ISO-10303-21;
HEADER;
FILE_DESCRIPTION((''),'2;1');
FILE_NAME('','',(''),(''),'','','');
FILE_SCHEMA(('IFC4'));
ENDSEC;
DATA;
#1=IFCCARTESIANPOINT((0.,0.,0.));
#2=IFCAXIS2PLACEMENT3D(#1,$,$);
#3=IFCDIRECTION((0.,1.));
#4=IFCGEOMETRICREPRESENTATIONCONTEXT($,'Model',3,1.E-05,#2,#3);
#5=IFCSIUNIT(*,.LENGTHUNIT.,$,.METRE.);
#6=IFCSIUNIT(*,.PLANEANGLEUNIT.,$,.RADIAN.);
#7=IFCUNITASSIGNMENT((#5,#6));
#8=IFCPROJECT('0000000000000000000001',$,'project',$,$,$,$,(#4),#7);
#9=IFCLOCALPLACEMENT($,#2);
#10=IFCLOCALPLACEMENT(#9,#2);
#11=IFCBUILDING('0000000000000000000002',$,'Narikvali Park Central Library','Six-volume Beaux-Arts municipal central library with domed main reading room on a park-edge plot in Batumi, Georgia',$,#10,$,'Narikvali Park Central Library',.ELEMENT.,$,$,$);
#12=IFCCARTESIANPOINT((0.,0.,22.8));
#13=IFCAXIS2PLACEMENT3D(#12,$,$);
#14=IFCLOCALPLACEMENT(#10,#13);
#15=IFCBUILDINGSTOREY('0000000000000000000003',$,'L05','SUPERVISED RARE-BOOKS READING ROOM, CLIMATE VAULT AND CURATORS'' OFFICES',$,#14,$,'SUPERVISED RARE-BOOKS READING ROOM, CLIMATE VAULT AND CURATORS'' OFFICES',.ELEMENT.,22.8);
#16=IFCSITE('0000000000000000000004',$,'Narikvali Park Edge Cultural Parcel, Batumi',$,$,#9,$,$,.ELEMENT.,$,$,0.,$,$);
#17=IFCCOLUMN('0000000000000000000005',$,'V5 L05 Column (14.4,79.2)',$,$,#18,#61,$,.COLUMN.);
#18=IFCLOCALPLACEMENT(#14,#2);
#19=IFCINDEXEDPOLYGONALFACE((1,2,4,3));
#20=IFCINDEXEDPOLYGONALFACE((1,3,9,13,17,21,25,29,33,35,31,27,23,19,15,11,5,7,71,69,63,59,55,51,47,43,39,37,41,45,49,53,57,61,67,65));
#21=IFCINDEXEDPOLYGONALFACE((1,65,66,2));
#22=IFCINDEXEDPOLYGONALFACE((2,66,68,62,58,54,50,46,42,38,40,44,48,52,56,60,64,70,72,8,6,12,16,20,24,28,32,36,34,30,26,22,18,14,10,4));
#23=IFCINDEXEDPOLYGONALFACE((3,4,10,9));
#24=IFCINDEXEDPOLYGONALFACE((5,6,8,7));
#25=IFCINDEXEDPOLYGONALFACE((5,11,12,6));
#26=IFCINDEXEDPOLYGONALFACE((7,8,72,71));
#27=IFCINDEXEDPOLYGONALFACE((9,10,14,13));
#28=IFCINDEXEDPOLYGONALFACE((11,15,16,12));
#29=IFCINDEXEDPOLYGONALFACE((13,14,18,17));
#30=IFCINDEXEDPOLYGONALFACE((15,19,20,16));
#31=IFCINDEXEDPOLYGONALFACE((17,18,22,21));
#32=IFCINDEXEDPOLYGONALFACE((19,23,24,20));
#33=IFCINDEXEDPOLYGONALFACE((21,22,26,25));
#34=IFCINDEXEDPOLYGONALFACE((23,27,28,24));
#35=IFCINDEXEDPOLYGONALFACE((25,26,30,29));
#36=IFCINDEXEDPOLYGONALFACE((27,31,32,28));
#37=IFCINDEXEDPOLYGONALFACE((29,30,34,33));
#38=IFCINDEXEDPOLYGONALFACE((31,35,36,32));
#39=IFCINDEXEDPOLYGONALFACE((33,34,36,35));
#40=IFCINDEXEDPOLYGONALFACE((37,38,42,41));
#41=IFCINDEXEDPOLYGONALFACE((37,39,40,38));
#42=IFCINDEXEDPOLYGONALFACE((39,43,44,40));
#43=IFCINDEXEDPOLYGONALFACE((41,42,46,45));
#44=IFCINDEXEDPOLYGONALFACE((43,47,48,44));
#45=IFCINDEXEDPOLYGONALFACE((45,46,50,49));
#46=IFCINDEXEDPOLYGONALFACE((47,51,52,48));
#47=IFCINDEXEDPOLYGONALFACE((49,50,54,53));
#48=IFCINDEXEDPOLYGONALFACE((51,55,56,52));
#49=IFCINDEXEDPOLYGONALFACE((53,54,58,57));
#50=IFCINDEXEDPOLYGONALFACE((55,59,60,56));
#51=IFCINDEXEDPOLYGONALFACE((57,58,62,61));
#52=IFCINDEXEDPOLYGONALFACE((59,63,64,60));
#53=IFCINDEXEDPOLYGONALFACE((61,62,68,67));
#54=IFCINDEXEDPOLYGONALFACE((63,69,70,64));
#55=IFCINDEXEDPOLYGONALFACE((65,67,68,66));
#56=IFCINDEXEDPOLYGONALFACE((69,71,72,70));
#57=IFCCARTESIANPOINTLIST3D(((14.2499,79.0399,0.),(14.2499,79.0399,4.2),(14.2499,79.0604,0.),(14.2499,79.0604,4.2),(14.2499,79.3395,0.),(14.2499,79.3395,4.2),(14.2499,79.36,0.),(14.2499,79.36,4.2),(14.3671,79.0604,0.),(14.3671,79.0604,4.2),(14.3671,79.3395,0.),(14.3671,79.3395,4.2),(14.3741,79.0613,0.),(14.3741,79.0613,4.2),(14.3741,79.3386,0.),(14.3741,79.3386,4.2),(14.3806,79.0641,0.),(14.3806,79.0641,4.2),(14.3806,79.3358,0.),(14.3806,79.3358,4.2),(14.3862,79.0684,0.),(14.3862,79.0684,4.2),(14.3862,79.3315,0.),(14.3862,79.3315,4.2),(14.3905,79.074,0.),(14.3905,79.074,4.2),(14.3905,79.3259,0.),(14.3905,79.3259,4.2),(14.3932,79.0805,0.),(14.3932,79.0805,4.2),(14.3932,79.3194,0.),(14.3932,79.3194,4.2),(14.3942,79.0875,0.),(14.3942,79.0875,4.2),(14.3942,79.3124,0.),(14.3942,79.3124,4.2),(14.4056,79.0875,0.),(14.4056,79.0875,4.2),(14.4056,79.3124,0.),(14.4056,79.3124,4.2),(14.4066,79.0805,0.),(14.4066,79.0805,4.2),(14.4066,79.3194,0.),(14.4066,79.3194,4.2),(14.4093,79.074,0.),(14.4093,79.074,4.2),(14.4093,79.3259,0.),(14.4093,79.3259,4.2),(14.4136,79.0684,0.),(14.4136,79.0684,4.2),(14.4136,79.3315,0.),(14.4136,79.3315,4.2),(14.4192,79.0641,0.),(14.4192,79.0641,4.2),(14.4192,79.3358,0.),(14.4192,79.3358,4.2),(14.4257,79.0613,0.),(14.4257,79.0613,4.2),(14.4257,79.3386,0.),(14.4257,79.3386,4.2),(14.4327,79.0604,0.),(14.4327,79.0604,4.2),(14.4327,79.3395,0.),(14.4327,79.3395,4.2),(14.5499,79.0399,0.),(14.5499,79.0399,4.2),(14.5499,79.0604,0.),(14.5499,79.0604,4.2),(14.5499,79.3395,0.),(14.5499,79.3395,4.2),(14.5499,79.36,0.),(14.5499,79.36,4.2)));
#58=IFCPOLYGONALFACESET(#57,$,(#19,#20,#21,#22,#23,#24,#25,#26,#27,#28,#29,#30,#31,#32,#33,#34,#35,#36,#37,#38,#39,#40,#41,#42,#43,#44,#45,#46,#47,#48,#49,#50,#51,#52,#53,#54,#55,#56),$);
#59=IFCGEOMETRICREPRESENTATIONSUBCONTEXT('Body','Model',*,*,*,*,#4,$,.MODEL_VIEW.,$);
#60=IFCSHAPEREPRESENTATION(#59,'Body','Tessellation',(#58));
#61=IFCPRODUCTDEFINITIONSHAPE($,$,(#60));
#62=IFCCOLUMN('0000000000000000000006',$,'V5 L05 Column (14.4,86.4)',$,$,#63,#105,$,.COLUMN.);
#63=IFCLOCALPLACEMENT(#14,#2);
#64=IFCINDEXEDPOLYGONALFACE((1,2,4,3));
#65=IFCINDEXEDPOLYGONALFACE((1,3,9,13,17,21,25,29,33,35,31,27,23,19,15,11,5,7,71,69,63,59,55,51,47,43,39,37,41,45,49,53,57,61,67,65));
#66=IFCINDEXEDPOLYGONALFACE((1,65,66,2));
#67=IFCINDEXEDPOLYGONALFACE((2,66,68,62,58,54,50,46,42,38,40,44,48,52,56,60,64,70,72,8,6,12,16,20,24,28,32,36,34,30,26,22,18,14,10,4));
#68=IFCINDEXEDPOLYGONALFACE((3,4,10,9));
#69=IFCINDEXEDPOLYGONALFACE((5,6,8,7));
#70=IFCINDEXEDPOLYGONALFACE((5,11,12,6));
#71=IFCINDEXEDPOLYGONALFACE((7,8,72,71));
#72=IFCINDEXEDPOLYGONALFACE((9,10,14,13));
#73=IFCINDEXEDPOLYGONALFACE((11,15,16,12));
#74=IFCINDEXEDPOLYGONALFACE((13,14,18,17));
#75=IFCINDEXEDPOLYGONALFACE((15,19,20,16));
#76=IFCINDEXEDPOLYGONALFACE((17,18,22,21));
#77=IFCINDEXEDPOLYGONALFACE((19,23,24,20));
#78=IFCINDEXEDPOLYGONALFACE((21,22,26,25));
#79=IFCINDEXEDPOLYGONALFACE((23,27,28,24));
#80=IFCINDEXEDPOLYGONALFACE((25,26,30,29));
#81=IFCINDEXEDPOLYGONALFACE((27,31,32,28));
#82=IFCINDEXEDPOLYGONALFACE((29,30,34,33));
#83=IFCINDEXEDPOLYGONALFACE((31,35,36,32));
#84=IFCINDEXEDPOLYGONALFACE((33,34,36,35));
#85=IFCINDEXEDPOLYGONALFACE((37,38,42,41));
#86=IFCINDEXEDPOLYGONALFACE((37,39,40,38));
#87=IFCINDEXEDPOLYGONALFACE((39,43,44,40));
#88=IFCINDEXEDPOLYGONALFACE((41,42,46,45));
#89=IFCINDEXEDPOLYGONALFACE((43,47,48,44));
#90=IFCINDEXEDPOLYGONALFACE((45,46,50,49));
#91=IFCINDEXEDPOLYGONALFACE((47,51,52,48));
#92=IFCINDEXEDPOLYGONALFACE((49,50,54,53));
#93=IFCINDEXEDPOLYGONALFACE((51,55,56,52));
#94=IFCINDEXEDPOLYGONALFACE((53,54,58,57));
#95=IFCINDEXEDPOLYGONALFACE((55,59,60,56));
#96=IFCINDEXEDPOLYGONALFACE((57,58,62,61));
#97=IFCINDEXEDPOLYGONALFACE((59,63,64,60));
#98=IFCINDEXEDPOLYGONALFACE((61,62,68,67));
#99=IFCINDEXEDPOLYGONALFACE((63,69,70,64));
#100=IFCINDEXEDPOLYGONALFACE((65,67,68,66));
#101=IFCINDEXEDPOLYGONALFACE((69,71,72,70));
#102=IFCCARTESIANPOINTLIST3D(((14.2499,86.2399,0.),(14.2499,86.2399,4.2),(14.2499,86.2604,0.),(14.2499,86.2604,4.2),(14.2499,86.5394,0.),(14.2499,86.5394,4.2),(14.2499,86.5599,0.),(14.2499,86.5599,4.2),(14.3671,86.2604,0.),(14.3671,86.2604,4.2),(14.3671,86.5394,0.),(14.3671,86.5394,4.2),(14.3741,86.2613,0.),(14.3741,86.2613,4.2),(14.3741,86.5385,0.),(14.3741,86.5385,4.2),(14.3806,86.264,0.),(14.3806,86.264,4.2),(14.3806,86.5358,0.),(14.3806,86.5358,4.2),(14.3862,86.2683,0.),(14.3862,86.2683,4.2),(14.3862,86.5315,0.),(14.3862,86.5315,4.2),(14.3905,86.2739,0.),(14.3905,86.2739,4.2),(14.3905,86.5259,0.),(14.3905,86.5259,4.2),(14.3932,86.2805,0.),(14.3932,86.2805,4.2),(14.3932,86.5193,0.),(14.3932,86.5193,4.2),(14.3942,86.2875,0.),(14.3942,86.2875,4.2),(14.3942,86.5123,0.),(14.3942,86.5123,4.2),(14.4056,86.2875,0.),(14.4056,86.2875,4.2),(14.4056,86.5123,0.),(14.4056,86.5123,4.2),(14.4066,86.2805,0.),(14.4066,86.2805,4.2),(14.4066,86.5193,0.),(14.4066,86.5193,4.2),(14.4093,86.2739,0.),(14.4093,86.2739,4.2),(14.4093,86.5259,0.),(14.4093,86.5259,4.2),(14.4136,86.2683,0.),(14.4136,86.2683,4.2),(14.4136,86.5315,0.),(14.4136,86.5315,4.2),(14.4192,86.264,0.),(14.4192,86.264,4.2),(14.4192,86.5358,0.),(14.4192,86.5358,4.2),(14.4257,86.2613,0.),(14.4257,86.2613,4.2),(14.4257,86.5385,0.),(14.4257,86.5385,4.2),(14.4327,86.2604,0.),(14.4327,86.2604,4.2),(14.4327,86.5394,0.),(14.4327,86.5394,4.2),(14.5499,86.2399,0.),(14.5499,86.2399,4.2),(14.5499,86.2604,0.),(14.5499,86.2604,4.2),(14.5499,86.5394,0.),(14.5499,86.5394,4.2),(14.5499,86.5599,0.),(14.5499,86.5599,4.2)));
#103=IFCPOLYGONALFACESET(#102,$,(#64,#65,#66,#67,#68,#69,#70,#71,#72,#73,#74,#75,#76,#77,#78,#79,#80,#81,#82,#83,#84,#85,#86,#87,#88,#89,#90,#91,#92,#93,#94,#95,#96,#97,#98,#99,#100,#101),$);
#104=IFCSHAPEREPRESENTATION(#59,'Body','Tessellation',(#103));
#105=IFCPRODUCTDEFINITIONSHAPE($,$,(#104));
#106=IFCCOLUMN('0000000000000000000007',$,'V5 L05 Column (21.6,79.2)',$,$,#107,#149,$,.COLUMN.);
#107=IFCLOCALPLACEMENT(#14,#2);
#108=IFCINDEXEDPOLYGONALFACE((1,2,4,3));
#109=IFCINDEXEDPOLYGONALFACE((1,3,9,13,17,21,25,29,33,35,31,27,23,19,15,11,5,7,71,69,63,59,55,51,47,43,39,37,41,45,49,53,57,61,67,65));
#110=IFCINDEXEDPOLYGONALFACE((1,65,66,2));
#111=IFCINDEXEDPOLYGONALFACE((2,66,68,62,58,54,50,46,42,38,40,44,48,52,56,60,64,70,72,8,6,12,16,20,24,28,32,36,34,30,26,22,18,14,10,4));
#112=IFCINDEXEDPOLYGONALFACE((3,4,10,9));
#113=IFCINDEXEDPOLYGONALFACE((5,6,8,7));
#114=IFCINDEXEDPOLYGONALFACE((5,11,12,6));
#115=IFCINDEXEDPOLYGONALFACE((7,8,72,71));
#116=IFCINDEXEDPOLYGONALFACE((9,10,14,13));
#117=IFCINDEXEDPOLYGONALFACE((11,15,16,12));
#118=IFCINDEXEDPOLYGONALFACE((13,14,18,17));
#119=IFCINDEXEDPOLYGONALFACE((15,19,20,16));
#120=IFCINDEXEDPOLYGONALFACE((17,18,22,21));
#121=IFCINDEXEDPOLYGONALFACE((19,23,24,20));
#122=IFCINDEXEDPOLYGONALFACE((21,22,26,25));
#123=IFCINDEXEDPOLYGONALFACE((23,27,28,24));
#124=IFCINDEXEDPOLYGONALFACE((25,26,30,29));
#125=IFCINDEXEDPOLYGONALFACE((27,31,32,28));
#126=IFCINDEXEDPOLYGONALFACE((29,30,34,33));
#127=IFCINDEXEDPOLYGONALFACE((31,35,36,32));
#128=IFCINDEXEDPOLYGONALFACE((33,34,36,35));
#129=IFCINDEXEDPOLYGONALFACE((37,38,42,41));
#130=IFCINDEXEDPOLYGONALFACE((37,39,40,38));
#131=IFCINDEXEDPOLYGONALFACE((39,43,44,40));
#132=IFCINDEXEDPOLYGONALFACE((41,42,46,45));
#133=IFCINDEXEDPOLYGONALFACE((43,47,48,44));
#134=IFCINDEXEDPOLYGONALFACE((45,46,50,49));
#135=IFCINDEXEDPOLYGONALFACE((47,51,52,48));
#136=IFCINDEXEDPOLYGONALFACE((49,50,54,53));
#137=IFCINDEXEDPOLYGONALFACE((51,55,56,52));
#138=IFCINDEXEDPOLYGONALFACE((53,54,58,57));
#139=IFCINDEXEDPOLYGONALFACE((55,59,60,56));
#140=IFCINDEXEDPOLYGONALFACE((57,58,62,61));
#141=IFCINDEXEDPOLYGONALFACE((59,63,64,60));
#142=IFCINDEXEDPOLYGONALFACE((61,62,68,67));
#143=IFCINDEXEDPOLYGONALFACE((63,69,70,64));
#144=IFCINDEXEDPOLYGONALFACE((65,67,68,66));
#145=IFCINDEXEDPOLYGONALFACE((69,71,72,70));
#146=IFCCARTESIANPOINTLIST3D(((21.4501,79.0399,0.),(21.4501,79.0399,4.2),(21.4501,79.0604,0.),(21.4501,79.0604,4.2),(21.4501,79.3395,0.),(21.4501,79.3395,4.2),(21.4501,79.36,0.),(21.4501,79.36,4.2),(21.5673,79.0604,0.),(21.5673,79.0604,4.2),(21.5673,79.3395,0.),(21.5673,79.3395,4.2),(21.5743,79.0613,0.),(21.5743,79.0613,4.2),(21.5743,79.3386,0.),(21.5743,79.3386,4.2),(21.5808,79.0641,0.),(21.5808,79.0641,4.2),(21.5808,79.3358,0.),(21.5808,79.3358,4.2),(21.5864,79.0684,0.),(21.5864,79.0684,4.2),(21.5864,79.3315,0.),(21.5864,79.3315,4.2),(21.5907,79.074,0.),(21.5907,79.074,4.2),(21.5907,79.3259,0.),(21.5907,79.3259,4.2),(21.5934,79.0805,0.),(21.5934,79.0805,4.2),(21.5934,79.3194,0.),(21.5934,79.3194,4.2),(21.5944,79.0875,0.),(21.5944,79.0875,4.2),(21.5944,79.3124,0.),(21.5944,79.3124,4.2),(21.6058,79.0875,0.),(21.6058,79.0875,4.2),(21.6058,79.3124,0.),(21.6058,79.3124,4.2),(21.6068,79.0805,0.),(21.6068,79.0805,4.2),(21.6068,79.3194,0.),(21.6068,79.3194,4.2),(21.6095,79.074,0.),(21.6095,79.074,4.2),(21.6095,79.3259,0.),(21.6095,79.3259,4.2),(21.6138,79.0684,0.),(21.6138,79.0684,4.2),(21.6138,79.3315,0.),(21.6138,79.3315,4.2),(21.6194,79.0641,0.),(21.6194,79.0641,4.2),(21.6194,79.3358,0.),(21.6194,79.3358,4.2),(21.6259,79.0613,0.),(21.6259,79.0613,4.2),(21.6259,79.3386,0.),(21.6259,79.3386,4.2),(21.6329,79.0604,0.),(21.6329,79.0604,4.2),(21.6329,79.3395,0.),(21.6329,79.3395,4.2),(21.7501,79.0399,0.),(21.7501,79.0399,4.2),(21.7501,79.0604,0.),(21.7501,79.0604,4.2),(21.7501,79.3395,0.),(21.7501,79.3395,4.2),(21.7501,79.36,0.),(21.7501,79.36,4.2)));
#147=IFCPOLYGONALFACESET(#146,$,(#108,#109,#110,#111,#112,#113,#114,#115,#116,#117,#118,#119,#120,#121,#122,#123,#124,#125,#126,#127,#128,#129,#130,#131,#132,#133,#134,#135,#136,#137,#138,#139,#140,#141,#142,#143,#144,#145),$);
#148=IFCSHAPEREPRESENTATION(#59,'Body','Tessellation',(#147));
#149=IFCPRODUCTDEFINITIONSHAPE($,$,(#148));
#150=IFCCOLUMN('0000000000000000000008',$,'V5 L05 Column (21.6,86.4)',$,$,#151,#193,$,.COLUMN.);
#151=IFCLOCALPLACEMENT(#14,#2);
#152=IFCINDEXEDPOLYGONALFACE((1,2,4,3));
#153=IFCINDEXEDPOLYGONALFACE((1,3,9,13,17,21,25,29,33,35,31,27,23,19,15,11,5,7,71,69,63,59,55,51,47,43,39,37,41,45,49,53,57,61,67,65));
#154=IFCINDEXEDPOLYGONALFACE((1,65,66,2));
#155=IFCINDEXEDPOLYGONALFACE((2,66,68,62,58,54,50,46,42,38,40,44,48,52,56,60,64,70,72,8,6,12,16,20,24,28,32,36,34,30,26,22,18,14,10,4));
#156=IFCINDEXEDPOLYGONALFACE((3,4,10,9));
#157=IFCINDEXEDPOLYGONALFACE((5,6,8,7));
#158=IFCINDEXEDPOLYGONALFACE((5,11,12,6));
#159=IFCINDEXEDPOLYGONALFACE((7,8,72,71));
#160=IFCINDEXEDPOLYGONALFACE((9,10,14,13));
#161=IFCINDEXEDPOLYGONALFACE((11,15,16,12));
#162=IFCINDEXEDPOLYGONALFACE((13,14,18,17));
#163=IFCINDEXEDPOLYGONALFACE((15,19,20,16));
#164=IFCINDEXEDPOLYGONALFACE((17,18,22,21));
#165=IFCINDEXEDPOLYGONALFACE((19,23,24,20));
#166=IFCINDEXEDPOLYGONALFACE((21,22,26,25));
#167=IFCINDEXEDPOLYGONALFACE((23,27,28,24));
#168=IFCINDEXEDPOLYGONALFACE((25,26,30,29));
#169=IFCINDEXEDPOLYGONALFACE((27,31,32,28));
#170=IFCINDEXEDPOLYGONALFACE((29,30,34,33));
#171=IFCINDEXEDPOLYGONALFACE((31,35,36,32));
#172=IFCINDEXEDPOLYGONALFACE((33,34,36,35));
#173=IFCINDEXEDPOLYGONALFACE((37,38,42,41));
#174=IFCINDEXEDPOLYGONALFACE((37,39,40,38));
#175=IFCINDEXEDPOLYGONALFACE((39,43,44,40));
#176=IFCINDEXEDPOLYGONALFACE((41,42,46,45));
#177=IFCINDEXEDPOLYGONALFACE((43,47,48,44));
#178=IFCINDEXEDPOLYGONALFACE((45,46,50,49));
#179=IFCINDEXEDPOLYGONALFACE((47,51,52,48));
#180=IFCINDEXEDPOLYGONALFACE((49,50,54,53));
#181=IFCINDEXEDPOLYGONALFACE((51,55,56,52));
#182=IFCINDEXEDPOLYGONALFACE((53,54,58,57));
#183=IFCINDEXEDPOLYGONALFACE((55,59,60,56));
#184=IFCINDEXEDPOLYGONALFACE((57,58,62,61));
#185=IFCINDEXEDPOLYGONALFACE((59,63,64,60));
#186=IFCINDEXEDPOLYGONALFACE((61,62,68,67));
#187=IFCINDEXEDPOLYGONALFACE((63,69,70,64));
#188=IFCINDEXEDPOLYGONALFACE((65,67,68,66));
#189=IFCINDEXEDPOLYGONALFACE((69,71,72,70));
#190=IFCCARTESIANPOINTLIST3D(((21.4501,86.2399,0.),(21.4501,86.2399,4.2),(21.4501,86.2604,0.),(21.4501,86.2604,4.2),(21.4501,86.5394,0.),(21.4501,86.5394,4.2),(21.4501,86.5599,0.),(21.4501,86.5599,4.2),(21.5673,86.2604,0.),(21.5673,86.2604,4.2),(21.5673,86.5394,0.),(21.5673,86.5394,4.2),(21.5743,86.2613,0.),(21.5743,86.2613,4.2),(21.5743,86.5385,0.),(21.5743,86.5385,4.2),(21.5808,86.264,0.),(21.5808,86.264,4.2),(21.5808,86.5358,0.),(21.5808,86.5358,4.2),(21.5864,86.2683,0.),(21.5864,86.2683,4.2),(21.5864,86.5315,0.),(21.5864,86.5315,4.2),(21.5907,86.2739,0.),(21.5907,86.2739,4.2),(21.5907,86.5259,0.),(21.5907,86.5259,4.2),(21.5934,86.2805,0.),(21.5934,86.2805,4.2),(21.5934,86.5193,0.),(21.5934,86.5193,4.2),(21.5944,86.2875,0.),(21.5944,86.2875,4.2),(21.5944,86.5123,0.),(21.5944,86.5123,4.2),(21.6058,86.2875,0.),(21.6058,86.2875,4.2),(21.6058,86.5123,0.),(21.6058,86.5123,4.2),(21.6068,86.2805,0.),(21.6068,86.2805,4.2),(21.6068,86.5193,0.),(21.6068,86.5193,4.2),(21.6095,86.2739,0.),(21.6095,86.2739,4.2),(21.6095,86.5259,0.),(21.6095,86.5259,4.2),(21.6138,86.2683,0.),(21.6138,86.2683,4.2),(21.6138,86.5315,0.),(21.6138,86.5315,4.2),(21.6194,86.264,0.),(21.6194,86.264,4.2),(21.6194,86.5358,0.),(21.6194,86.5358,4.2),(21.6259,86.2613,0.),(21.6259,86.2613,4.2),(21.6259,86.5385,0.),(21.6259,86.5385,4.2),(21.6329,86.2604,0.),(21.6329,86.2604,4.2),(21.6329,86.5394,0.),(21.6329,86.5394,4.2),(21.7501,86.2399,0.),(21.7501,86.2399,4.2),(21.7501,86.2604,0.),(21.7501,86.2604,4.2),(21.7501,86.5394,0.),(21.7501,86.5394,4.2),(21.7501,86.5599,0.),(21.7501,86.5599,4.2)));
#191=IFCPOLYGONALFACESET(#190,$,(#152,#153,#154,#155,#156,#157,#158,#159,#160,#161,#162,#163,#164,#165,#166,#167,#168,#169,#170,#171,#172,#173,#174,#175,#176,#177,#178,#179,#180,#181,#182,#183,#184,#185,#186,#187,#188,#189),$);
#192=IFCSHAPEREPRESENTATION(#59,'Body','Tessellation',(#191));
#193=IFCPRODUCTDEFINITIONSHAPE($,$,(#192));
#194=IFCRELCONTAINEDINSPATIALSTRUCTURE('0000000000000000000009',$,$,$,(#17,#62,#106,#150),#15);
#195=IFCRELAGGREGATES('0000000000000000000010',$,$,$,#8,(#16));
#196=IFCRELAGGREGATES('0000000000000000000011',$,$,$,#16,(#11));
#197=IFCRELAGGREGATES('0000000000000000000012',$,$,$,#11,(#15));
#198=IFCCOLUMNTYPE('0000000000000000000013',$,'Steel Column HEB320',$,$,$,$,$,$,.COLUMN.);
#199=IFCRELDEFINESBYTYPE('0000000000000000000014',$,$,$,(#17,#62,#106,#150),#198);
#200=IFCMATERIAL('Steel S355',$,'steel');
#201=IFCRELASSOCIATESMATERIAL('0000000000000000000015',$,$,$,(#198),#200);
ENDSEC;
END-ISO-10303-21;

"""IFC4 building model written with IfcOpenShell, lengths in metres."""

from ifc_helpers import new_model, si_unit, direction, frame, origin, origin_2d, place, context, subcontext, project, spatial, i_section, extrude, material, material_profile, profile_set, type_object, element, save


model = new_model("IFC4")

# Units and contexts
model_context = context("Model", 3, precision=1e-05, world=origin(), true_north=direction((0.0, 1.0)))
body_context = subcontext(model_context, "Body", "Model", "MODEL_VIEW")
ifc_project = project(units=[si_unit("LENGTHUNIT", "METRE"), si_unit("PLANEANGLEUNIT", "RADIAN")], contexts=[model_context])

# Site, building, storey
site_placement = place(None, origin())
site = spatial("IfcSite", under=ifc_project, at=site_placement, Name="Narikvali Park Edge Cultural Parcel, Batumi", CompositionType="ELEMENT", RefElevation=0.0)
building_placement = place(site_placement, origin())
building = spatial("IfcBuilding", under=site, at=building_placement, Name="Narikvali Park Central Library", Description="Six-volume Beaux-Arts municipal central library with domed main reading room on a park-edge plot in Batumi, Georgia", LongName="Narikvali Park Central Library", CompositionType="ELEMENT")
storey_placement = place(building_placement, frame((0.0, 0.0, 22.8)))
storey = spatial("IfcBuildingStorey", under=building, at=storey_placement, Name="L05", Description="SUPERVISED RARE-BOOKS READING ROOM, CLIMATE VAULT AND CURATORS' OFFICES", LongName="SUPERVISED RARE-BOOKS READING ROOM, CLIMATE VAULT AND CURATORS' OFFICES", CompositionType="ELEMENT", Elevation=22.8)

# Columns
ifc_material_1 = material(Name="Steel S355", Category="steel")
ifc_material_profile_1 = material_profile(ifc_material_1, i_section(OverallWidth=0.3, OverallDepth=0.3201, WebThickness=0.0115, FlangeThickness=0.0205, FilletRadius=0.0271, at=origin_2d()), Name="HEB 320")
ifc_profile_set_1 = profile_set([ifc_material_profile_1], Name="Steel S355")
column_type = type_object("IfcColumnType", Name="Steel Column HEB320", PredefinedType="COLUMN", material=ifc_profile_set_1)
for number, where, z_axis, x_axis, name in (
    (1, (14.3999, 79.2, 0.0), (0.0, 0.0, 1.0), (1.0, 0.0, 0.0), "V5 L05 Column (14.4,79.2)"),
    (2, (14.3999, 86.3999, 0.0), (0.0, 0.0, 1.0), (1.0, 0.0, 0.0), "V5 L05 Column (14.4,86.4)"),
    (3, (21.6001, 79.2, 0.0), (0.0, 0.0, 1.0), (1.0, 0.0, 0.0), "V5 L05 Column (21.6,79.2)"),
    (4, (21.6001, 86.3999, 0.0), (0.0, 0.0, 1.0), (1.0, 0.0, 0.0), "V5 L05 Column (21.6,86.4)"),
):
    element("IfcColumn", number, at=place(storey_placement, frame(where, z_axis=z_axis, x_axis=x_axis)), inside=storey, type_object=column_type, Name=name, PredefinedType="COLUMN", context=body_context, shape_type="SweptSolid", body=[
        extrude(i_section(OverallWidth=0.3, OverallDepth=0.3201, WebThickness=0.0115, FlangeThickness=0.0205, FilletRadius=0.0271, at=origin_2d()), origin(), (0.0, 0.0, 1.0), 4.2),
    ])

save(model, "model.ifc")
